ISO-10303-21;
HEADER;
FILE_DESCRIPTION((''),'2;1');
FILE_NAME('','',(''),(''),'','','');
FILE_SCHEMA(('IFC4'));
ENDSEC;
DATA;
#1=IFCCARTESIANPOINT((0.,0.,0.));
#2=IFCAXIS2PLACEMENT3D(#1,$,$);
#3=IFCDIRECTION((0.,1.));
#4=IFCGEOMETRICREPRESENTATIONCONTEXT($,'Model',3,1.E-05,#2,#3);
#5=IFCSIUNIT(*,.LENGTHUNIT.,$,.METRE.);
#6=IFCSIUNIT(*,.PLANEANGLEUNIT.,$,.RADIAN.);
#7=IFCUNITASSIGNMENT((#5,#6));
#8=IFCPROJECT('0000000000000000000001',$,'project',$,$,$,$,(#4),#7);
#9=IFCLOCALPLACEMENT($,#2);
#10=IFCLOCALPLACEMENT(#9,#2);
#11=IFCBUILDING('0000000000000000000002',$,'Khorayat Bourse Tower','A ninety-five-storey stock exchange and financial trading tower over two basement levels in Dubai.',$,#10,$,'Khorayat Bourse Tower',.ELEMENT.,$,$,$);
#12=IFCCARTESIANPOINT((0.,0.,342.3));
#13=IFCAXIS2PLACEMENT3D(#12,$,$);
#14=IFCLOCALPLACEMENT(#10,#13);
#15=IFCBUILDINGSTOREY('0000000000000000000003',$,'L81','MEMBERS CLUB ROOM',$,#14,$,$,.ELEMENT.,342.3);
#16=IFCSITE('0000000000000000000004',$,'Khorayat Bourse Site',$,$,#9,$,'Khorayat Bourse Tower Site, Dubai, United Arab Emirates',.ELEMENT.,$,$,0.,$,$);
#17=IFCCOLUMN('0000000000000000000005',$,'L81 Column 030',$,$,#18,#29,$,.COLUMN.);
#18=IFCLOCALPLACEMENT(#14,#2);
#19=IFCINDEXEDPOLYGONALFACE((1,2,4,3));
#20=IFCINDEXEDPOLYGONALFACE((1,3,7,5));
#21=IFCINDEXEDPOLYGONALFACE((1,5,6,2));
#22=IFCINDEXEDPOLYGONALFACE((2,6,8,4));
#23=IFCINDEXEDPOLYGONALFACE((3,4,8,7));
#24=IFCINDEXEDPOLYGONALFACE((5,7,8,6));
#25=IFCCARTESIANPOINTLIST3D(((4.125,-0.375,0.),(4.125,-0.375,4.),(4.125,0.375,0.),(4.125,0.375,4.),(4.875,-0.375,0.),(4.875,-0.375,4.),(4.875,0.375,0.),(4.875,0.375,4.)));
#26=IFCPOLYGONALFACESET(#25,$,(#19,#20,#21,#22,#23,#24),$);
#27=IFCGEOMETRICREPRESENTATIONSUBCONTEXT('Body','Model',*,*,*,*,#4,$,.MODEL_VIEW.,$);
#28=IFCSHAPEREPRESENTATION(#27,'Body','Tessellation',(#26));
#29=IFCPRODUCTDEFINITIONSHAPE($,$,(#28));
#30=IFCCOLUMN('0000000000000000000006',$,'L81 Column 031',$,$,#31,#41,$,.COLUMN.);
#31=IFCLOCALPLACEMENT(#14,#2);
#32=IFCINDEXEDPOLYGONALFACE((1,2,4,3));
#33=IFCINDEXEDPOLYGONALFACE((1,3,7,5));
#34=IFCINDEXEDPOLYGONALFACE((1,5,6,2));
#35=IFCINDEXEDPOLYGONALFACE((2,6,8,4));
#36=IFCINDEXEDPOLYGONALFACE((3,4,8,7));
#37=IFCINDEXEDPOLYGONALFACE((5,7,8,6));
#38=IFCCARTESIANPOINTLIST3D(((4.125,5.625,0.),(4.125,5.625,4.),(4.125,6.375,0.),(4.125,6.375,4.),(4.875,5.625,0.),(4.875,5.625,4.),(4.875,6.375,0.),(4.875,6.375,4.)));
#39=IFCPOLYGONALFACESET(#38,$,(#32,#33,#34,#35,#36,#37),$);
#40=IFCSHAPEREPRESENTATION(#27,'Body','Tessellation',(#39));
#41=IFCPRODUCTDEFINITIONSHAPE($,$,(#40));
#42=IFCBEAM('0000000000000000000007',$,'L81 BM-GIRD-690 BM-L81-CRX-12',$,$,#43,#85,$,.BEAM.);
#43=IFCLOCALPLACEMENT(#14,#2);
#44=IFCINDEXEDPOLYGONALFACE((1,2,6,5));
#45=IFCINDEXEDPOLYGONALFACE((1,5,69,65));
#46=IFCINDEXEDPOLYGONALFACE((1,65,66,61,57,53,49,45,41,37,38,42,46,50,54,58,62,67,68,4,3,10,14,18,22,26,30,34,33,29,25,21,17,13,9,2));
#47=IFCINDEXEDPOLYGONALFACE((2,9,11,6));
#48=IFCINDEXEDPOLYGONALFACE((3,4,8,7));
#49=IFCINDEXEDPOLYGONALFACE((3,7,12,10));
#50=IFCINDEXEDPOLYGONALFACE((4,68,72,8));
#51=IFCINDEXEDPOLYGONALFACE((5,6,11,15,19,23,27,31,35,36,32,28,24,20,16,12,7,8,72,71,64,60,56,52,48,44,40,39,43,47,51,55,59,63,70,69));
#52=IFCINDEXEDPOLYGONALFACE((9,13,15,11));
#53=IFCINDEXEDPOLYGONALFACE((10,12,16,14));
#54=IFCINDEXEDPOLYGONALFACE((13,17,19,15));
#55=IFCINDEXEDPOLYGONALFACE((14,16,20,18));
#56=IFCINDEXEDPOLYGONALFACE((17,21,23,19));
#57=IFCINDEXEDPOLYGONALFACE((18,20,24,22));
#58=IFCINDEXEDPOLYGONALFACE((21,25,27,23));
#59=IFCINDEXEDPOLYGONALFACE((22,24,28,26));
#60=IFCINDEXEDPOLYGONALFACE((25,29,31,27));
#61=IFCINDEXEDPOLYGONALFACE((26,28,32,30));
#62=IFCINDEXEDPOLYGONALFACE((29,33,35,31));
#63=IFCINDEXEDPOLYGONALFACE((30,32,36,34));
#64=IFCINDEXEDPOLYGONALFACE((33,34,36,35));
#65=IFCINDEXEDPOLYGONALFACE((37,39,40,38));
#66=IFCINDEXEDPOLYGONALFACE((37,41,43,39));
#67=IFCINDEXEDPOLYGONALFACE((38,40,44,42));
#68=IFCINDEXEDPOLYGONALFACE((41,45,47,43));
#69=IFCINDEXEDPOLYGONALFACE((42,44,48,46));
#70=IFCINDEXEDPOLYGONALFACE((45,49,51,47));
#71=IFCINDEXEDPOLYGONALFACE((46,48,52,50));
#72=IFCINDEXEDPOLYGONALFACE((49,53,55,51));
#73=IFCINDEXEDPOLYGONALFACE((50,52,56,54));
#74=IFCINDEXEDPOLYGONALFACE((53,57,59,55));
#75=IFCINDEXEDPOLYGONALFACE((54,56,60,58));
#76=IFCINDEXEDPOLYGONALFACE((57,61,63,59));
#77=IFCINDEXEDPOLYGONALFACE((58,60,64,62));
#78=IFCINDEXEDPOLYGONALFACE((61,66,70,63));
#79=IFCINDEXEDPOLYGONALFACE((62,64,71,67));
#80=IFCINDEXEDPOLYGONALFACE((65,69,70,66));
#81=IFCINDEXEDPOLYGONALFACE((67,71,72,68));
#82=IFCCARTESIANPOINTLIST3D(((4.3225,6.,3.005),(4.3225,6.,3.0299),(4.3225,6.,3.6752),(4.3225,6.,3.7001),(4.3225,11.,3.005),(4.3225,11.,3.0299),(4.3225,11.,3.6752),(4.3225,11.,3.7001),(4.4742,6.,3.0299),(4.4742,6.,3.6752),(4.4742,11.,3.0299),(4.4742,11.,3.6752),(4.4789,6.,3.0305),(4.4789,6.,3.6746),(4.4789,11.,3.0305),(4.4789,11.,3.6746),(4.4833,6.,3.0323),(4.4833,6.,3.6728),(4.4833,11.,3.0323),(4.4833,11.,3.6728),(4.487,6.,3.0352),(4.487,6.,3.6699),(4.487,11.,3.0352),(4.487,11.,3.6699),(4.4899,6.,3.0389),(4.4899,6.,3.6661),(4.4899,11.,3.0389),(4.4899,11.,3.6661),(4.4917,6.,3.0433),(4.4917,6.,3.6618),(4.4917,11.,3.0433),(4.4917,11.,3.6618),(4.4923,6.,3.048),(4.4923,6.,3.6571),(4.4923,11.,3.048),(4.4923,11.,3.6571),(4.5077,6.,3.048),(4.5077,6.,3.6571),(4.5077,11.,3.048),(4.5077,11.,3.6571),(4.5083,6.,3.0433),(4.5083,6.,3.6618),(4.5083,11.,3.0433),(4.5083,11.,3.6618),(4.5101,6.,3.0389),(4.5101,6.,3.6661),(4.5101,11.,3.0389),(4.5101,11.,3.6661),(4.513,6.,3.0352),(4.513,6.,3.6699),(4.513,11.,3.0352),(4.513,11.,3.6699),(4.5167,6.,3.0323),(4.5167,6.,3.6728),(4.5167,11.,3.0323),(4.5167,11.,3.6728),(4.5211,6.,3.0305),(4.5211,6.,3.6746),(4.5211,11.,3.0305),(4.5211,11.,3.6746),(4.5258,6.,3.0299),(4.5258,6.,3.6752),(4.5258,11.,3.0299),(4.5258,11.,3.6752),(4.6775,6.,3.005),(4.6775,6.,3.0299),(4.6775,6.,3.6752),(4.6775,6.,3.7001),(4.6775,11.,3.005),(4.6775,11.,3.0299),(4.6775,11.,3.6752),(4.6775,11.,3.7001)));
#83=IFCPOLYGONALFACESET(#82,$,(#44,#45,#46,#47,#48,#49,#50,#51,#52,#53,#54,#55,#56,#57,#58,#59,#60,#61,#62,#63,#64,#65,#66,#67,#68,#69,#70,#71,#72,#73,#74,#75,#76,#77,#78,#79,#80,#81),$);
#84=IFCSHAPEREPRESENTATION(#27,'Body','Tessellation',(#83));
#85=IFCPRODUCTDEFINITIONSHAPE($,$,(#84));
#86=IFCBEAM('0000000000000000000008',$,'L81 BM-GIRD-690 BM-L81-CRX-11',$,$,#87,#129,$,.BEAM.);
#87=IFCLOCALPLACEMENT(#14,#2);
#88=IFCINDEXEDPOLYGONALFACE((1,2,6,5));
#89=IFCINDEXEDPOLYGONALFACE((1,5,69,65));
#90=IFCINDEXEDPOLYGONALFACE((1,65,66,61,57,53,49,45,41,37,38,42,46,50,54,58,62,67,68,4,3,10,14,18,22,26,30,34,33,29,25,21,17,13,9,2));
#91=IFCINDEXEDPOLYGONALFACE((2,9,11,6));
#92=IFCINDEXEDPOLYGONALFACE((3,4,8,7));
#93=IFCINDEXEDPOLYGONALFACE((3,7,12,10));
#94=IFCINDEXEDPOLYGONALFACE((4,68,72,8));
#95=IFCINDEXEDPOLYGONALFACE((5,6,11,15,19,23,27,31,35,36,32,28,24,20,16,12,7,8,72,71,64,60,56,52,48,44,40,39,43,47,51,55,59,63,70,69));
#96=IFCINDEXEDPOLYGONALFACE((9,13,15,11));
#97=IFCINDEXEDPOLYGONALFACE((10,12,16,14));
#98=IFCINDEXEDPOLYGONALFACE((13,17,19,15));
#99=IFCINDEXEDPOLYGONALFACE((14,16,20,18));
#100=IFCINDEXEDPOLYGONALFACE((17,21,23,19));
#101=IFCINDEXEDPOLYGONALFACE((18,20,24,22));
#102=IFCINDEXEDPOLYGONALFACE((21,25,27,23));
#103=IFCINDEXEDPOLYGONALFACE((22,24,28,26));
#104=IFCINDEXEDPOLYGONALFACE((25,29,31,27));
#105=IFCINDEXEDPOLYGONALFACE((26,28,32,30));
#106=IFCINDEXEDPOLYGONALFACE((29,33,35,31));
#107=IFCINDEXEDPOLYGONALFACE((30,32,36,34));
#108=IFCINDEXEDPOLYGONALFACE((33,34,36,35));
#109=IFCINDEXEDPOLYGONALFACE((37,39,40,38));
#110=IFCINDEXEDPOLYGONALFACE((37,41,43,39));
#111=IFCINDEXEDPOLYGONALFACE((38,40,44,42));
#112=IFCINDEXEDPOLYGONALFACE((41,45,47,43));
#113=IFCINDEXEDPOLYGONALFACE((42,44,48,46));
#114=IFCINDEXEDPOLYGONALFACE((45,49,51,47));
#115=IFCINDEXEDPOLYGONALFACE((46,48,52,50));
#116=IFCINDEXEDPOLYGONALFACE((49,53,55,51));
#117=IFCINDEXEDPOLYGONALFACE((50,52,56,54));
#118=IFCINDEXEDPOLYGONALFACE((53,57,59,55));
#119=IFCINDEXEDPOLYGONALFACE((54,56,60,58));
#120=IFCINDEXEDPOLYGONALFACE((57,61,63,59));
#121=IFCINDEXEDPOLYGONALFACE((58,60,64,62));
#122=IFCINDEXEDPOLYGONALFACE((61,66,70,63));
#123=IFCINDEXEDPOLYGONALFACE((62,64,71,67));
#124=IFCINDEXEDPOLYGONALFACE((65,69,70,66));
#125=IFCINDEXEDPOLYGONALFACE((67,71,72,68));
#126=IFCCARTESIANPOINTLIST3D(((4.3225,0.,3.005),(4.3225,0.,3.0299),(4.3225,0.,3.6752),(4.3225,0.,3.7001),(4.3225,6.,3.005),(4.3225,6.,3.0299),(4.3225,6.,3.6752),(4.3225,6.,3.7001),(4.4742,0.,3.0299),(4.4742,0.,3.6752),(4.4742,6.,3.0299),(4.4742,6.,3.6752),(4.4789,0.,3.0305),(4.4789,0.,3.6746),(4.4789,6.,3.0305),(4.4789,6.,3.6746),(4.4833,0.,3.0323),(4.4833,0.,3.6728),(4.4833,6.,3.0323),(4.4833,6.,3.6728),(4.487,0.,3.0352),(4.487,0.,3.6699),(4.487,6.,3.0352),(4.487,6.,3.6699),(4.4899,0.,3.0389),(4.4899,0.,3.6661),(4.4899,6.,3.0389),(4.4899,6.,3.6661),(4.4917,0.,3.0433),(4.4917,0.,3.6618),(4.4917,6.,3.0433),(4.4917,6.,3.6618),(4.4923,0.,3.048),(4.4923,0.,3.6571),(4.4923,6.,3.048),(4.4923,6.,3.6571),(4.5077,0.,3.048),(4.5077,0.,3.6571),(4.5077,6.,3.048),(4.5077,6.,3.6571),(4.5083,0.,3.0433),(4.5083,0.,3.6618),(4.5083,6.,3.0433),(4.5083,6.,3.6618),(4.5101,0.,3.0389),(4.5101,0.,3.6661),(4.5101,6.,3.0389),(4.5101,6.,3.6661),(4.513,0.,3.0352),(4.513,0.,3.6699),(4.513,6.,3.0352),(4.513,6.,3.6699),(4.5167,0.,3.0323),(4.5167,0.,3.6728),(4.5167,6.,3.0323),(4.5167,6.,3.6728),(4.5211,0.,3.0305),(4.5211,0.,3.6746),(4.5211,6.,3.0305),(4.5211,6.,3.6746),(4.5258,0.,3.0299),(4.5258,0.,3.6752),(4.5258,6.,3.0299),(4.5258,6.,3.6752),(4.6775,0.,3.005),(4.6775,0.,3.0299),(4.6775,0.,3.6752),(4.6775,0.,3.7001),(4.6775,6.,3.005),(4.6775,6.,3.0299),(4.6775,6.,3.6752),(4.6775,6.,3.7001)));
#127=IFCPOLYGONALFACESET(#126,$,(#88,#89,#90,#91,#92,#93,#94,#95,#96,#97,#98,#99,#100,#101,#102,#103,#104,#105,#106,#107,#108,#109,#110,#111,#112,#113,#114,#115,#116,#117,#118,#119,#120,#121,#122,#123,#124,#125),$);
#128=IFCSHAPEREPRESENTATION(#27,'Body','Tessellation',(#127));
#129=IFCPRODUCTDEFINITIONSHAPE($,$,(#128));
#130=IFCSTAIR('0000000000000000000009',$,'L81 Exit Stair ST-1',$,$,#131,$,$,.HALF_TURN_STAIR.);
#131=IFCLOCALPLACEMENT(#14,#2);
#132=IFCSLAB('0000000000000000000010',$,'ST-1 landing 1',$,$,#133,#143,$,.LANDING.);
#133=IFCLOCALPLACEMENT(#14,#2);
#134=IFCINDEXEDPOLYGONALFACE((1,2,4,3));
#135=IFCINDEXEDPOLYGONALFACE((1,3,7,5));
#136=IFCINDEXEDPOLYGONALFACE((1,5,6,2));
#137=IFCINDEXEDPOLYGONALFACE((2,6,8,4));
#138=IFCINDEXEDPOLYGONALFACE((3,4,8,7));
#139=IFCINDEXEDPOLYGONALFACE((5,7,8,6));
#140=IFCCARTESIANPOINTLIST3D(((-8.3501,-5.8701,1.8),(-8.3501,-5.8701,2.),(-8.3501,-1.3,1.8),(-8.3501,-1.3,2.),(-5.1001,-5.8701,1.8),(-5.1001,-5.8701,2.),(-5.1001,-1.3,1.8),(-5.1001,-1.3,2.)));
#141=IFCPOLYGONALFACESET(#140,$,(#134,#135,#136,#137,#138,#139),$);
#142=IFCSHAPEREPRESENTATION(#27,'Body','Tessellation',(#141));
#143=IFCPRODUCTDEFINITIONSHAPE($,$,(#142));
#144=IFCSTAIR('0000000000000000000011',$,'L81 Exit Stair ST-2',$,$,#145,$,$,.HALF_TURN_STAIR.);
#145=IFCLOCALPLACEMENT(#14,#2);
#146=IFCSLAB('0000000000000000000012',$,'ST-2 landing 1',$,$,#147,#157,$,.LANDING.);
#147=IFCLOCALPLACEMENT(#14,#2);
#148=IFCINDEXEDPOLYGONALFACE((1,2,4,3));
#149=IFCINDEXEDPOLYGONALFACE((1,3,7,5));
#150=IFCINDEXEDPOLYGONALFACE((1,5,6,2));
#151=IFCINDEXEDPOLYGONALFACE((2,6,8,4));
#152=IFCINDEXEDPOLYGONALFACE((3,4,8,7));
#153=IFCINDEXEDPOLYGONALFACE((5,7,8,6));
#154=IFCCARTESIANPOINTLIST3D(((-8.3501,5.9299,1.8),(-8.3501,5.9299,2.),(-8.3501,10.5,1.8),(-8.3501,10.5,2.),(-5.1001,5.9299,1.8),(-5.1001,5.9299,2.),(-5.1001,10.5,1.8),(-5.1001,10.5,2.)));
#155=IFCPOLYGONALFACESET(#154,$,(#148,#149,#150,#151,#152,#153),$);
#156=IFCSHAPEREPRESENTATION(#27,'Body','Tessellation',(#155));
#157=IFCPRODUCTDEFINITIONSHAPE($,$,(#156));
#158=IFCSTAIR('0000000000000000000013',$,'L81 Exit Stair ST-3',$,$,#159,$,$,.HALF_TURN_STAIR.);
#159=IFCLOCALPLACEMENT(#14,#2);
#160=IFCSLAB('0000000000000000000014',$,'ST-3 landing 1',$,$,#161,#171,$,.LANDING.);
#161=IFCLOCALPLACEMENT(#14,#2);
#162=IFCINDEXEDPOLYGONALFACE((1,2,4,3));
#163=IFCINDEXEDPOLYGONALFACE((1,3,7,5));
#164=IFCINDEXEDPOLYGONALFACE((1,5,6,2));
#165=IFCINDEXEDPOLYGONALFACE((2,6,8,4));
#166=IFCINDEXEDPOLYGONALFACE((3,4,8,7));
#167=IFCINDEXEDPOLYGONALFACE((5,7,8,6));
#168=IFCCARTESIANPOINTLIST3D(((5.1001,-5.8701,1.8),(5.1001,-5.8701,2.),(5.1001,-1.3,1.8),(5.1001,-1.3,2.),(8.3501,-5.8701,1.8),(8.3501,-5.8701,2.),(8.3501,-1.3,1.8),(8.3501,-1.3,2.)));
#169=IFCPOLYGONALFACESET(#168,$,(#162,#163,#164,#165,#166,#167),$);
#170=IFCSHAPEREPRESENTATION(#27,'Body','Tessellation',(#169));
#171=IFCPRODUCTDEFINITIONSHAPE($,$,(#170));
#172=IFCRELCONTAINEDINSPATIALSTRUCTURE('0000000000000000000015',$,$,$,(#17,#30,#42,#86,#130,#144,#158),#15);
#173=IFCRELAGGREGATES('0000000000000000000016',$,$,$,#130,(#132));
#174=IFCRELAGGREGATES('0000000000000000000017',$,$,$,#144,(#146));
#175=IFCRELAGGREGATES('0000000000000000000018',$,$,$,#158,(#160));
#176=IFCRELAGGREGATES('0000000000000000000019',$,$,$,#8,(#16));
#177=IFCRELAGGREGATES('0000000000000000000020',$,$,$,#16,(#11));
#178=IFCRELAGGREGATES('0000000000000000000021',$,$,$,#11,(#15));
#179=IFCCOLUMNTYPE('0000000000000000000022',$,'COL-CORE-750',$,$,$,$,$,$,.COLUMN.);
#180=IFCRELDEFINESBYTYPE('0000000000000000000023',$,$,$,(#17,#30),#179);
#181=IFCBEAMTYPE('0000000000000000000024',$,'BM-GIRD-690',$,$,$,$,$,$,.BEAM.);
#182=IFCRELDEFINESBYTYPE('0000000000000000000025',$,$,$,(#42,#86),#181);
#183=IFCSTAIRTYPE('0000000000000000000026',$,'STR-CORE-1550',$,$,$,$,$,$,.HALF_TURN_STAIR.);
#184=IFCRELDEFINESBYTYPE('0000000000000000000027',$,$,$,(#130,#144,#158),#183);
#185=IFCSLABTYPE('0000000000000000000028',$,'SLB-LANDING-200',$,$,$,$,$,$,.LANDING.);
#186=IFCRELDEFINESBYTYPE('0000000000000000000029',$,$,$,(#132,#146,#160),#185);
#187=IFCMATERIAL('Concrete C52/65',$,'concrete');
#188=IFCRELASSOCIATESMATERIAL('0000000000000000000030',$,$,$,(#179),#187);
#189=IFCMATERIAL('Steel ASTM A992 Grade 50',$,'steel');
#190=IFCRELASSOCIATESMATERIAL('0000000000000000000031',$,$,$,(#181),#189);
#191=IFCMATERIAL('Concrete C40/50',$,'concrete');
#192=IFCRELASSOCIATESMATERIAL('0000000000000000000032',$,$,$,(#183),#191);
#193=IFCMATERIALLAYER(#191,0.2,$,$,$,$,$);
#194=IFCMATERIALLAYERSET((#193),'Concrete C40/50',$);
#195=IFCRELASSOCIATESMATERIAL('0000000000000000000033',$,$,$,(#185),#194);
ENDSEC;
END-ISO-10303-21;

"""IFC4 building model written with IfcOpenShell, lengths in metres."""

from ifc_helpers import new_model, si_unit, direction, frame, origin, origin_2d, place, context, subcontext, project, spatial, polyline, rectangle, i_section, outline, extrude, source, transform, mapped, material, layer, layer_set, material_profile, profile_set, type_object, element, aggregate, save


model = new_model("IFC4")

# Units and contexts
model_context = context("Model", 3, precision=1e-05, world=origin(), true_north=direction((0.0, 1.0)))
body_context = subcontext(model_context, "Body", "Model", "MODEL_VIEW")
ifc_project = project(units=[si_unit("LENGTHUNIT", "METRE"), si_unit("PLANEANGLEUNIT", "RADIAN")], contexts=[model_context])

# Site, building, storey
site_placement = place(None, origin())
site = spatial("IfcSite", under=ifc_project, at=site_placement, Name="Khorayat Bourse Site", LongName="Khorayat Bourse Tower Site, Dubai, United Arab Emirates", CompositionType="ELEMENT", RefElevation=0.0)
building_placement = place(site_placement, origin())
building = spatial("IfcBuilding", under=site, at=building_placement, Name="Khorayat Bourse Tower", Description="A ninety-five-storey stock exchange and financial trading tower over two basement levels in Dubai.", LongName="Khorayat Bourse Tower", CompositionType="ELEMENT")
storey_placement = place(building_placement, frame((0.0, 0.0, 342.3)))
storey = spatial("IfcBuildingStorey", under=building, at=storey_placement, Name="L81", Description="MEMBERS CLUB ROOM", CompositionType="ELEMENT", Elevation=342.3)

# Columns
ifc_material_1 = material(Name="Concrete C52/65", Category="concrete")
ifc_material_profile_1 = material_profile(ifc_material_1, rectangle(XDim=0.75, YDim=0.75, at=origin_2d()), Name="RC 750x750")
ifc_profile_set_1 = profile_set([ifc_material_profile_1], Name="Concrete C52/65")
column_type = type_object("IfcColumnType", Name="COL-CORE-750", PredefinedType="COLUMN", material=ifc_profile_set_1)
shared_shape_1 = source(origin(), body_context, "Body", "SweptSolid", [
    extrude(rectangle(XDim=0.75, YDim=0.75, at=origin_2d()), origin(), (0.0, 0.0, 1.0), 4.0),
])
for number, where, z_axis, x_axis, name in (
    (1, (4.5, 0.0, 0.0), (0.0, 0.0, 1.0), (1.0, 0.0, 0.0), "L81 Column 030"),
    (2, (4.5, 6.0, 0.0), (0.0, 0.0, 1.0), (1.0, 0.0, 0.0), "L81 Column 031"),
):
    element("IfcColumn", number, at=place(storey_placement, frame(where, z_axis=z_axis, x_axis=x_axis)), inside=storey, type_object=column_type, Name=name, PredefinedType="COLUMN", context=body_context, shape_type="MappedRepresentation", body=[
        mapped(shared_shape_1, transform((0.0, 0.0, 0.0), scale=1.0)),
    ])

# Beams
ifc_material_2 = material(Name="Steel ASTM A992 Grade 50", Category="steel")
ifc_material_profile_2 = material_profile(ifc_material_2, i_section(OverallWidth=0.355, OverallDepth=0.6951, WebThickness=0.0154, FlangeThickness=0.0249, FilletRadius=0.0181, at=origin_2d()), Name="W690X217")
ifc_profile_set_2 = profile_set([ifc_material_profile_2], Name="Steel ASTM A992 Grade 50")
beam_type = type_object("IfcBeamType", Name="BM-GIRD-690", PredefinedType="BEAM", material=ifc_profile_set_2)
shared_shape_2 = source(origin(), body_context, "Body", "SweptSolid", [
    extrude(i_section(OverallWidth=0.355, OverallDepth=0.6951, WebThickness=0.0154, FlangeThickness=0.0249, FilletRadius=0.0181, at=origin_2d()), origin(), (0.0, 0.0, 1.0), 5.0),
])
beam_1_placement = place(storey_placement, frame((4.5, 6.0, 3.3525), z_axis=(0.0, 1.0, 0.0), x_axis=(-1.0, 0.0, 0.0)))
element("IfcBeam", 3, at=beam_1_placement, inside=storey, type_object=beam_type, Name="L81 BM-GIRD-690 BM-L81-CRX-12", PredefinedType="BEAM", context=body_context, shape_type="MappedRepresentation", body=[
    mapped(shared_shape_2, transform((0.0, 0.0, 0.0), scale=1.0)),
])
shared_shape_3 = source(origin(), body_context, "Body", "SweptSolid", [
    extrude(i_section(OverallWidth=0.355, OverallDepth=0.6951, WebThickness=0.0154, FlangeThickness=0.0249, FilletRadius=0.0181, at=origin_2d()), origin(), (0.0, 0.0, 1.0), 6.0),
])
beam_2_placement = place(storey_placement, frame((4.5, 0.0, 3.3525), z_axis=(0.0, 1.0, 0.0), x_axis=(-1.0, 0.0, 0.0)))
element("IfcBeam", 4, at=beam_2_placement, inside=storey, type_object=beam_type, Name="L81 BM-GIRD-690 BM-L81-CRX-11", PredefinedType="BEAM", context=body_context, shape_type="MappedRepresentation", body=[
    mapped(shared_shape_3, transform((0.0, 0.0, 0.0), scale=1.0)),
])

# Stairs, slabs
ifc_material_3 = material(Name="Concrete C40/50", Category="concrete")
stair_type = type_object("IfcStairType", Name="STR-CORE-1550", PredefinedType="HALF_TURN_STAIR", material=ifc_material_3)
stair_1_placement = place(storey_placement, origin())
stair_1 = element("IfcStair", 5, at=stair_1_placement, inside=storey, type_object=stair_type, Name="L81 Exit Stair ST-1", PredefinedType="HALF_TURN_STAIR")
ifc_layer_1 = layer(ifc_material_3, 0.2)
ifc_layer_set_1 = layer_set([ifc_layer_1], Name="Concrete C40/50")
slab_type_1 = type_object("IfcSlabType", Name="SLB-LANDING-200", PredefinedType="LANDING", material=ifc_layer_set_1)
slab_1_placement = place(storey_placement, frame((0.0, 0.0, 1.8)))
slab_1 = element("IfcSlab", 6, at=slab_1_placement, type_object=slab_type_1, Name="ST-1 landing 1", PredefinedType="LANDING", context=body_context, shape_type="SweptSolid", body=[
    extrude(outline(polyline([(-5.1001, -5.8701), (-5.1001, -1.3), (-8.3501, -1.3), (-8.3501, -5.8701), (-5.1001, -5.8701)])), origin(), (0.0, 0.0, 1.0), 0.2),
])
aggregate(stair_1, [slab_1])
stair_2_placement = place(storey_placement, origin())
stair_2 = element("IfcStair", 7, at=stair_2_placement, inside=storey, type_object=stair_type, Name="L81 Exit Stair ST-2", PredefinedType="HALF_TURN_STAIR")
slab_2_placement = place(storey_placement, frame((0.0, 0.0, 1.8)))
slab_2 = element("IfcSlab", 8, at=slab_2_placement, type_object=slab_type_1, Name="ST-2 landing 1", PredefinedType="LANDING", context=body_context, shape_type="SweptSolid", body=[
    extrude(outline(polyline([(-5.1001, 5.9299), (-5.1001, 10.5), (-8.3501, 10.5), (-8.3501, 5.9299), (-5.1001, 5.9299)])), origin(), (0.0, 0.0, 1.0), 0.2),
])
aggregate(stair_2, [slab_2])
stair_3_placement = place(storey_placement, origin())
stair_3 = element("IfcStair", 9, at=stair_3_placement, inside=storey, type_object=stair_type, Name="L81 Exit Stair ST-3", PredefinedType="HALF_TURN_STAIR")
slab_3_placement = place(storey_placement, frame((0.0, 0.0, 1.8)))
slab_3 = element("IfcSlab", 10, at=slab_3_placement, type_object=slab_type_1, Name="ST-3 landing 1", PredefinedType="LANDING", context=body_context, shape_type="SweptSolid", body=[
    extrude(outline(polyline([(8.3501, -5.8701), (8.3501, -1.3), (5.1001, -1.3), (5.1001, -5.8701), (8.3501, -5.8701)])), origin(), (0.0, 0.0, 1.0), 0.2),
])
aggregate(stair_3, [slab_3])

save(model, "model.ifc")
